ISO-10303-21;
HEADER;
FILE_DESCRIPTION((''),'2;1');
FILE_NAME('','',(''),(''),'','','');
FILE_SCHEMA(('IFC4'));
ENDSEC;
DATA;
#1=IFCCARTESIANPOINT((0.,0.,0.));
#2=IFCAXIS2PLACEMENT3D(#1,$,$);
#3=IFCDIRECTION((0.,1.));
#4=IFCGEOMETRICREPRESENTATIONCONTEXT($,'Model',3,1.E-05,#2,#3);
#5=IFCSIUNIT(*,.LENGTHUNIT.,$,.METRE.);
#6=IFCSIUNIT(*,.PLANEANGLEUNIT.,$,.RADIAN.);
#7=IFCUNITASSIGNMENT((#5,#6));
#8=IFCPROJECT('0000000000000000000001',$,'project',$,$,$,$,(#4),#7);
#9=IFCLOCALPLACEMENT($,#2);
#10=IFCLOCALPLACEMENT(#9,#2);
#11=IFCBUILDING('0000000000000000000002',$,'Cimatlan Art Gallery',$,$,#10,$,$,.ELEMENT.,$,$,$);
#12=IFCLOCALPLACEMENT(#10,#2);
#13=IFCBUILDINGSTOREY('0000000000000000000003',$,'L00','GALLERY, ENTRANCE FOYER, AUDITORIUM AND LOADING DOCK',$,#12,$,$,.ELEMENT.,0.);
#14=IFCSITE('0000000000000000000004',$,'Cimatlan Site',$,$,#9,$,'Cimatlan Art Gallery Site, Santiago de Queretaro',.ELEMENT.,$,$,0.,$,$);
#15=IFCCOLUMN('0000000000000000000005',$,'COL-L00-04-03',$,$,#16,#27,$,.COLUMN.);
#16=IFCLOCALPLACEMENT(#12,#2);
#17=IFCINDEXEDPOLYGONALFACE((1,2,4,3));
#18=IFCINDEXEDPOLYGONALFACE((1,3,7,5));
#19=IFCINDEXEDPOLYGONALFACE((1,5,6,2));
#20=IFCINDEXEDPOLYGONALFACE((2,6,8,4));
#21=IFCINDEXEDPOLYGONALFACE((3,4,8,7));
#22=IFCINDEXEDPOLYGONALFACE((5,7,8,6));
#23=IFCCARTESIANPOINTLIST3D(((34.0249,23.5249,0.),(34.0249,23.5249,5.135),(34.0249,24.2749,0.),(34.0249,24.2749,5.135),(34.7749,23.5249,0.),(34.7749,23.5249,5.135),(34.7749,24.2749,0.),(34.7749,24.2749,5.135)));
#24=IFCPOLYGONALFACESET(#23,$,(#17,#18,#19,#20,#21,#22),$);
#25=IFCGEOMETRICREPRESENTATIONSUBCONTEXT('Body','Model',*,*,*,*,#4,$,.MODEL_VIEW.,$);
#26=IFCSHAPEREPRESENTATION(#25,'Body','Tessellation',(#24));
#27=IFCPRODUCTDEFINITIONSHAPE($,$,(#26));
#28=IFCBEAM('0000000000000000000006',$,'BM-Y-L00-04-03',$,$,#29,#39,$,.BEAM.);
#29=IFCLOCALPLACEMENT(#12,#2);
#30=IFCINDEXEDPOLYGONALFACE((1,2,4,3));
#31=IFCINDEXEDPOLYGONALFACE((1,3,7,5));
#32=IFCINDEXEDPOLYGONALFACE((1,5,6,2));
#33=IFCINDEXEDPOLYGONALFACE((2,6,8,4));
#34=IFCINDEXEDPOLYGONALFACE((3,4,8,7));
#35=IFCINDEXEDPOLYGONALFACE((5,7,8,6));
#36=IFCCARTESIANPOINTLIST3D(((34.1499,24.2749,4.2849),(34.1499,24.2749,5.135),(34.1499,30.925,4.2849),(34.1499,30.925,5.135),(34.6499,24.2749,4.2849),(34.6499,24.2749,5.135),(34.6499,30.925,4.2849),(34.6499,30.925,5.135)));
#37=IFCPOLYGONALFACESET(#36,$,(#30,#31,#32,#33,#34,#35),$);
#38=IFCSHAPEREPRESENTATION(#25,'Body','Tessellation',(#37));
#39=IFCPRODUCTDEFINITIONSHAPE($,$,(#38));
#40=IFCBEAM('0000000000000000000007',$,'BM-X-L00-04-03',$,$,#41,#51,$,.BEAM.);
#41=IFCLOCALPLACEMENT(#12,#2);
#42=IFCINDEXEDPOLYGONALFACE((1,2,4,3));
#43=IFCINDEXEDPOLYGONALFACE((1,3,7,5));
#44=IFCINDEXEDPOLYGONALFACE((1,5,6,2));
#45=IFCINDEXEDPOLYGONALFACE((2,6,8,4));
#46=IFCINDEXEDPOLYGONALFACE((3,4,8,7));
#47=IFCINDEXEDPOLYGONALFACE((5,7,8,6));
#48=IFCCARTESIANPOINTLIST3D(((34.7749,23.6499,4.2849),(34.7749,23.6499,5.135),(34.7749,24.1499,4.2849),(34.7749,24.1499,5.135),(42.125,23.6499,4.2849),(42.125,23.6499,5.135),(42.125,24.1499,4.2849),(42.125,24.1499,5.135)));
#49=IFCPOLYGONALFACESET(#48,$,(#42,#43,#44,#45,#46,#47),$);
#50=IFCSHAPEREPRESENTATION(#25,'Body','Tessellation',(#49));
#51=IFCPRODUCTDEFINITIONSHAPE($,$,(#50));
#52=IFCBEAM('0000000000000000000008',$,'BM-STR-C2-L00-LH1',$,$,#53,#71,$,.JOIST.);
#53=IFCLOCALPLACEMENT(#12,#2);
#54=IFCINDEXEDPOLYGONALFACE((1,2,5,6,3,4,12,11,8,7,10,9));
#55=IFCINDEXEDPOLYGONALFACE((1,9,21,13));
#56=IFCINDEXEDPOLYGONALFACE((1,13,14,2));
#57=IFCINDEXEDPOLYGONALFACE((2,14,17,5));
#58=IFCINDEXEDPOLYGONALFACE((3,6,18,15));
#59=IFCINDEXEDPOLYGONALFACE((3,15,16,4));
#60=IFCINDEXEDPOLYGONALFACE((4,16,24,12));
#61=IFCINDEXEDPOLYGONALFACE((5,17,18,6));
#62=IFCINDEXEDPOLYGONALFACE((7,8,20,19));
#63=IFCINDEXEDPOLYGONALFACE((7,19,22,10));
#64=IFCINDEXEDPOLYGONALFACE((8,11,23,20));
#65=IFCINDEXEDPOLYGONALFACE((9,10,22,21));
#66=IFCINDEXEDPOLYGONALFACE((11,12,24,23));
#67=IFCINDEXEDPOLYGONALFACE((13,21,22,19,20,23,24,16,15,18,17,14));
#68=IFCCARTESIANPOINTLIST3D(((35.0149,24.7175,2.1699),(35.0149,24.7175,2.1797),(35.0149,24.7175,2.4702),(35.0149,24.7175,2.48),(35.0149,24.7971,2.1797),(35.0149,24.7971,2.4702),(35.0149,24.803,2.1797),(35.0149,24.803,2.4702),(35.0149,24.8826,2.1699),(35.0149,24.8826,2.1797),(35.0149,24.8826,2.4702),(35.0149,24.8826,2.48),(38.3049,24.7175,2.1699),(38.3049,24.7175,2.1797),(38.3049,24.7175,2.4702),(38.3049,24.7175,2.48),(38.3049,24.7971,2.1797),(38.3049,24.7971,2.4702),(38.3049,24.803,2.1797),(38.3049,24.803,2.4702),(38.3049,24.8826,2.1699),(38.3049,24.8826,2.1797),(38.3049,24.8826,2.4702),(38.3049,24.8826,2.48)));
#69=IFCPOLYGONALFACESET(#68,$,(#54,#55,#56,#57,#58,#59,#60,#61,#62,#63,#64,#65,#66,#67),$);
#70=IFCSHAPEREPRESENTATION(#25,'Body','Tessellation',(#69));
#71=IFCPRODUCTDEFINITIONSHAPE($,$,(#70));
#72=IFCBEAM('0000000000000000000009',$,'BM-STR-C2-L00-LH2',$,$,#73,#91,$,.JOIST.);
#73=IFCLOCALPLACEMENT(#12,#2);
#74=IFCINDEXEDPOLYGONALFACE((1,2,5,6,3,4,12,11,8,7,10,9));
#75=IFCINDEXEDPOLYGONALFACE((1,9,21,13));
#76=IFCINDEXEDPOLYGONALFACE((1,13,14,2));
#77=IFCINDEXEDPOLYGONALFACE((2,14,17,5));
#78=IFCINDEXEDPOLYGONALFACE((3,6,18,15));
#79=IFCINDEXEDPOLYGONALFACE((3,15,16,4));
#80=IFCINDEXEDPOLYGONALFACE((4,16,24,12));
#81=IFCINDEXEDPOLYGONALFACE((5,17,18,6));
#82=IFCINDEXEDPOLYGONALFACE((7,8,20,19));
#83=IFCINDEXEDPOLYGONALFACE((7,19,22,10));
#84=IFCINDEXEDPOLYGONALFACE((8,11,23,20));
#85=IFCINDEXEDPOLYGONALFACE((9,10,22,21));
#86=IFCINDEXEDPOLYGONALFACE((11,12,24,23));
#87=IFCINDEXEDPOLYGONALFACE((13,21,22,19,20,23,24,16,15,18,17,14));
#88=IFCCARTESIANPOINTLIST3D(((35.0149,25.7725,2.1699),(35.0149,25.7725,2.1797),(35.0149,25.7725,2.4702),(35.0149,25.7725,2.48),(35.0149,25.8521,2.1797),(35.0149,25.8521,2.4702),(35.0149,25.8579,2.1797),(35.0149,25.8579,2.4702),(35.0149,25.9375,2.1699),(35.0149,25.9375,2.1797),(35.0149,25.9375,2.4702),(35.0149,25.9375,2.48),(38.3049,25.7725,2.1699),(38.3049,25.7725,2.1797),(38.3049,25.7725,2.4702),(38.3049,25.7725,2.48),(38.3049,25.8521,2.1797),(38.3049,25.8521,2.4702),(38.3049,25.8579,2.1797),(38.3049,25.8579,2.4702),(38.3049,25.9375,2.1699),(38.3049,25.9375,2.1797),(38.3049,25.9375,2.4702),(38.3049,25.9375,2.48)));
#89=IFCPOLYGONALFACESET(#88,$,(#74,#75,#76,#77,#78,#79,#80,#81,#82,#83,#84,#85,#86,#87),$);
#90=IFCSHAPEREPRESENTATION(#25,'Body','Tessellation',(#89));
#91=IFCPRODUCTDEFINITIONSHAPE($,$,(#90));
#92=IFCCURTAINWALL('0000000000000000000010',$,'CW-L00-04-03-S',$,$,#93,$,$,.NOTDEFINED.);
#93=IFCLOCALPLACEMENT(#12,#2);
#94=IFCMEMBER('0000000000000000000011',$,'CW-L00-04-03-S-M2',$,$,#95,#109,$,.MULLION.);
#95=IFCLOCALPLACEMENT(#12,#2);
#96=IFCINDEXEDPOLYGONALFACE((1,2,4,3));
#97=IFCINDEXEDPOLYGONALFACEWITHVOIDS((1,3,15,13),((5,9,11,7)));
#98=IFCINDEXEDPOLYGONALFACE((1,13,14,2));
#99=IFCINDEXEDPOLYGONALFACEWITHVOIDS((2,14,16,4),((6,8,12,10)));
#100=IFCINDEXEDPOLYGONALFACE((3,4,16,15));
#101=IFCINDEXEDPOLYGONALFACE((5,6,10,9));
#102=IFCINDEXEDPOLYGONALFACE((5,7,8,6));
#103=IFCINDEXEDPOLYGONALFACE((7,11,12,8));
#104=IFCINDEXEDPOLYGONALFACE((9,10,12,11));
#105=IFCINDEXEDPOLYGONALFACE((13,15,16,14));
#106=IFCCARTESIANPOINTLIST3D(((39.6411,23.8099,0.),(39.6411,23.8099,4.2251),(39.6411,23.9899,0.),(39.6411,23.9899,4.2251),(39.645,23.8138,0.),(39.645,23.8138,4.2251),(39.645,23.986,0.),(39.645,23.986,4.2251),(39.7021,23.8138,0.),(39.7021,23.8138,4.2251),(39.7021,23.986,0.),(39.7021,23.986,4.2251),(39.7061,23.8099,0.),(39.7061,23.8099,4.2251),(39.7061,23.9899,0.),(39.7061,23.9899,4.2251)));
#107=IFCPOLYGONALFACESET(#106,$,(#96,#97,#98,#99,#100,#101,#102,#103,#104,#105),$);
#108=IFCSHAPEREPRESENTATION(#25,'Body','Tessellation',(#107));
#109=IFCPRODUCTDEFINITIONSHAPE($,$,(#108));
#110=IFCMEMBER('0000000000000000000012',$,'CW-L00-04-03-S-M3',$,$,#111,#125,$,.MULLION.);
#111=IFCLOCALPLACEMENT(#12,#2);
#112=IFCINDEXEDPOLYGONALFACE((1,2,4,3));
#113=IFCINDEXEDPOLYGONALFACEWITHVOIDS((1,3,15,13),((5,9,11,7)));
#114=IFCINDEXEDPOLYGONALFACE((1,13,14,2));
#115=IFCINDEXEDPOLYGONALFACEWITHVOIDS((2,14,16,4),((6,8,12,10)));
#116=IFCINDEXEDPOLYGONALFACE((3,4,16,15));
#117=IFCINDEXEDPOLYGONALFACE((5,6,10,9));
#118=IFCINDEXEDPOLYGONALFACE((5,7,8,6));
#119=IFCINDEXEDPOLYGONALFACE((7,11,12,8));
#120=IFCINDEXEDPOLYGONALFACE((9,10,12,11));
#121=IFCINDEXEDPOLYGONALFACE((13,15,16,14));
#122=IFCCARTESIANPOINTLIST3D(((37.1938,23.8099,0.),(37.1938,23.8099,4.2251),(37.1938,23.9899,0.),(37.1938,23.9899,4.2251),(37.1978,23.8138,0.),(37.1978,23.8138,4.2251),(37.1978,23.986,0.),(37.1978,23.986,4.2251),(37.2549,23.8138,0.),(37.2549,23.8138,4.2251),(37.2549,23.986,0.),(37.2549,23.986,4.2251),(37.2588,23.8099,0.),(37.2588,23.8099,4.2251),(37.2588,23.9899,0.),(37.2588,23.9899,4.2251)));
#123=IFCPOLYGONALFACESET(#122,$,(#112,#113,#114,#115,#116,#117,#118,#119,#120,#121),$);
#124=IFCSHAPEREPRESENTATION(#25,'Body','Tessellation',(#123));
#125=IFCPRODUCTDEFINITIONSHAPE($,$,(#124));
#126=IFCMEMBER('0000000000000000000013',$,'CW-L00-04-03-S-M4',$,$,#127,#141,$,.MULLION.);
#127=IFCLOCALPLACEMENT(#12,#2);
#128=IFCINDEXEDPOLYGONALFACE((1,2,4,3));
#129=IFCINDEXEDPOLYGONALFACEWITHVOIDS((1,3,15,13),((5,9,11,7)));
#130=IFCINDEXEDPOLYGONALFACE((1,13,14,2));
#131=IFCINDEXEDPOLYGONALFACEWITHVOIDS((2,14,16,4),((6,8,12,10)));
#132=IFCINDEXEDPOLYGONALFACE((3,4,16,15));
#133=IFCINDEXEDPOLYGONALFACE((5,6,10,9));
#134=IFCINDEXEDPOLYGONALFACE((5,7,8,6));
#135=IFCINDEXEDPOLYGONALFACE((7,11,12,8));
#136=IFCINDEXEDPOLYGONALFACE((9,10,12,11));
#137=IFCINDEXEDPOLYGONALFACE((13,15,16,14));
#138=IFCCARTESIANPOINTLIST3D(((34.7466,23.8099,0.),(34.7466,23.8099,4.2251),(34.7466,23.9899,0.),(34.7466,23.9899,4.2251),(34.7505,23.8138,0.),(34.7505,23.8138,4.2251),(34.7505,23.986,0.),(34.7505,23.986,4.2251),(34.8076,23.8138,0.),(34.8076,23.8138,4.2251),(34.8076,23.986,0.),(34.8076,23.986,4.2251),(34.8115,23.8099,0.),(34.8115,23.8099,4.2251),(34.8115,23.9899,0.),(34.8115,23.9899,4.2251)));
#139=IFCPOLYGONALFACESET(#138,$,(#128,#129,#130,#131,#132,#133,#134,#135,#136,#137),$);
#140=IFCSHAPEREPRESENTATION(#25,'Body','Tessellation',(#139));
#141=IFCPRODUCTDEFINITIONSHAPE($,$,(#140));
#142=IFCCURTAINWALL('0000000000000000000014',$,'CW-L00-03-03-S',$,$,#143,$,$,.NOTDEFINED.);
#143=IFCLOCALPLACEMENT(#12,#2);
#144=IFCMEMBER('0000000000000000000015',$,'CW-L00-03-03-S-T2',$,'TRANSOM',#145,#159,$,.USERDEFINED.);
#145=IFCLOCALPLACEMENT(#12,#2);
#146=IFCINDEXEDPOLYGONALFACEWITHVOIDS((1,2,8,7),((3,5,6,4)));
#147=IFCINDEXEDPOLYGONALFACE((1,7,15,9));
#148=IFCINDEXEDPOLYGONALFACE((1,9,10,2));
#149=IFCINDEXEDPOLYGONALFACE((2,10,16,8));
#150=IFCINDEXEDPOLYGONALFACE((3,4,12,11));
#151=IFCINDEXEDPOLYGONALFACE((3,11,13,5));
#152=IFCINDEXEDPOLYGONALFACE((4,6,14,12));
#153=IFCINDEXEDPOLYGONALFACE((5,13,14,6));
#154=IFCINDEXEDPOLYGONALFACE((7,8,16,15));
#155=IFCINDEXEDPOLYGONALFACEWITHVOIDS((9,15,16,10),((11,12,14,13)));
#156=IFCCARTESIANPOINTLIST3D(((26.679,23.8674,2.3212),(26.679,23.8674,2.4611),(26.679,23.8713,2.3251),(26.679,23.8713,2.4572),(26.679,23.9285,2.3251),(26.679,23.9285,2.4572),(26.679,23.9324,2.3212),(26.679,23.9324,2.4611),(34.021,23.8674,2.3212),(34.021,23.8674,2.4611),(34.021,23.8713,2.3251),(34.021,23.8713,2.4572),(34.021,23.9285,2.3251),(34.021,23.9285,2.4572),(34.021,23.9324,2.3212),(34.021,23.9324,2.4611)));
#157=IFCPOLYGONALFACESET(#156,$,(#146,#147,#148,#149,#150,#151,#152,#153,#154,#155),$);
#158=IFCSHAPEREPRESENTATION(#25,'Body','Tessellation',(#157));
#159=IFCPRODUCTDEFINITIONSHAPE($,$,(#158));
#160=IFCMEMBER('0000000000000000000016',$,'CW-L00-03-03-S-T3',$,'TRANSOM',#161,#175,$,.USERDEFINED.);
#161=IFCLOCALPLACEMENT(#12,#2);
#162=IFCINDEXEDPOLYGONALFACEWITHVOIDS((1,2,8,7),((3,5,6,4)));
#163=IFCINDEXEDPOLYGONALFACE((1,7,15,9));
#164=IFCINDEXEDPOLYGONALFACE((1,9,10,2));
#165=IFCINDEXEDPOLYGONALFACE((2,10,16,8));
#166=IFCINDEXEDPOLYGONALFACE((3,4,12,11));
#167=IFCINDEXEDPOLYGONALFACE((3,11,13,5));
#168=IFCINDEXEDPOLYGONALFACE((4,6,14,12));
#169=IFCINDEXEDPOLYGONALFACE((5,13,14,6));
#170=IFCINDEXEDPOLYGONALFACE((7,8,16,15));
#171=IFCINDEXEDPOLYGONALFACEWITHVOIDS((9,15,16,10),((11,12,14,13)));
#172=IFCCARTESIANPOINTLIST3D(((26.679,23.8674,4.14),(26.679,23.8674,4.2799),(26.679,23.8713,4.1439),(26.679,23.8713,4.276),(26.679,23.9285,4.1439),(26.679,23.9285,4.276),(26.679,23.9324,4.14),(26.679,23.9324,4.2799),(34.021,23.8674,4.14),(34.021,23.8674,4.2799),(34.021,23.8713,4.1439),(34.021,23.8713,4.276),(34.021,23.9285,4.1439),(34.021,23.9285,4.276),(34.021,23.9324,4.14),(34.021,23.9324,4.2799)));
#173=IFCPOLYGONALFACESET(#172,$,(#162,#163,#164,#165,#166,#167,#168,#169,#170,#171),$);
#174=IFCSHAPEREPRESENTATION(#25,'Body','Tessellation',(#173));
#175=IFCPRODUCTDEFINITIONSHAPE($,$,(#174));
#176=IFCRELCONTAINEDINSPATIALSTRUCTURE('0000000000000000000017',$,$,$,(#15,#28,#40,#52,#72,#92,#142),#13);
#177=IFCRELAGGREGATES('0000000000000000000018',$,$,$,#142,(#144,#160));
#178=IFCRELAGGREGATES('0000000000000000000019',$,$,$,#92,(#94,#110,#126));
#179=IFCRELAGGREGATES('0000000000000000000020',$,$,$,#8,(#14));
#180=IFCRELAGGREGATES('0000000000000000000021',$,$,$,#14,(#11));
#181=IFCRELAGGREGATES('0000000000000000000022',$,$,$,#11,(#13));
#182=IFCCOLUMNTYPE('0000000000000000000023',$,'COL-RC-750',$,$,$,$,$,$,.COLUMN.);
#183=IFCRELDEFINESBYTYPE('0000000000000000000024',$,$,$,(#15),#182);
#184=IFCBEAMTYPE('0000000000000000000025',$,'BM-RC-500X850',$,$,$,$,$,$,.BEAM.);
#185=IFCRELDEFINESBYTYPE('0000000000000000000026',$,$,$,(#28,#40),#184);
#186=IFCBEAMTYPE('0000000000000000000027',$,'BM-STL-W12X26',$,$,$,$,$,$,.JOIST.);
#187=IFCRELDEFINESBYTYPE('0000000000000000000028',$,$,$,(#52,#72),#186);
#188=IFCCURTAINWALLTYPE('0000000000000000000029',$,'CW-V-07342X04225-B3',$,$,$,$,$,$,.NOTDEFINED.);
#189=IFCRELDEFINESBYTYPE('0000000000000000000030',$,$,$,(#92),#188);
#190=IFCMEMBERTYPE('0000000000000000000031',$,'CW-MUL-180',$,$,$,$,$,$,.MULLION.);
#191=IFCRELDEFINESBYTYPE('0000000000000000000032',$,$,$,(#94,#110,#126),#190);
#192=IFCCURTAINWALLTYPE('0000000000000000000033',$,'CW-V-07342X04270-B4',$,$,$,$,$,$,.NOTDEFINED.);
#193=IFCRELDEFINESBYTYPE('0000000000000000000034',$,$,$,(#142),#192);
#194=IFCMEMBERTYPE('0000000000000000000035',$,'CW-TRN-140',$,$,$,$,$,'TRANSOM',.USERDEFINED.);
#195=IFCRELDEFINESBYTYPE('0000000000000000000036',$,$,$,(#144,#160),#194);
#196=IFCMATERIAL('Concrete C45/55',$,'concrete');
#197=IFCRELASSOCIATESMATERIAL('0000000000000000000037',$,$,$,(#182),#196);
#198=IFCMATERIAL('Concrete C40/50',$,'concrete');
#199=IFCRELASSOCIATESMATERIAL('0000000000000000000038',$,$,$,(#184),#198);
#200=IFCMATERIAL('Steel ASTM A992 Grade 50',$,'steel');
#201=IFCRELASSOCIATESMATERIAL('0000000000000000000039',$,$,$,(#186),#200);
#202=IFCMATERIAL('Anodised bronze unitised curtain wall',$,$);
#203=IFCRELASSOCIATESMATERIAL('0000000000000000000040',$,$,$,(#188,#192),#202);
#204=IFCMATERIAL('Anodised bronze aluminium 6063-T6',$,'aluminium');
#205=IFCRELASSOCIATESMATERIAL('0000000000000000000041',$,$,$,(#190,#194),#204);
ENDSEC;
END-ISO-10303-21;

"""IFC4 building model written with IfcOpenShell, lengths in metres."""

from ifc_helpers import new_model, si_unit, direction, frame, origin, origin_2d, place, context, subcontext, project, spatial, rectangle, hollow_rectangle, i_section, extrude, material, material_profile, profile_set, type_object, element, aggregate, save


model = new_model("IFC4")

# Units and contexts
model_context = context("Model", 3, precision=1e-05, world=origin(), true_north=direction((0.0, 1.0)))
body_context = subcontext(model_context, "Body", "Model", "MODEL_VIEW")
ifc_project = project(units=[si_unit("LENGTHUNIT", "METRE"), si_unit("PLANEANGLEUNIT", "RADIAN")], contexts=[model_context])

# Site, building, storey
site_placement = place(None, origin())
site = spatial("IfcSite", under=ifc_project, at=site_placement, Name="Cimatlan Site", LongName="Cimatlan Art Gallery Site, Santiago de Queretaro", CompositionType="ELEMENT", RefElevation=0.0)
building_placement = place(site_placement, origin())
building = spatial("IfcBuilding", under=site, at=building_placement, Name="Cimatlan Art Gallery", CompositionType="ELEMENT")
storey_placement = place(building_placement, origin())
storey = spatial("IfcBuildingStorey", under=building, at=storey_placement, Name="L00", Description="GALLERY, ENTRANCE FOYER, AUDITORIUM AND LOADING DOCK", CompositionType="ELEMENT", Elevation=0.0)

# Column
ifc_material_1 = material(Name="Concrete C45/55", Category="concrete")
ifc_material_profile_1 = material_profile(ifc_material_1, rectangle(XDim=0.75, YDim=0.75, at=origin_2d()), Name="RC750X750")
ifc_profile_set_1 = profile_set([ifc_material_profile_1], Name="Concrete C45/55")
column_type = type_object("IfcColumnType", Name="COL-RC-750", PredefinedType="COLUMN", material=ifc_profile_set_1)
column_placement = place(storey_placement, frame((34.3999, 23.8999, 0.0), z_axis=(0.0, 0.0, 1.0), x_axis=(1.0, 0.0, 0.0)))
element("IfcColumn", 1, at=column_placement, inside=storey, type_object=column_type, Name="COL-L00-04-03", PredefinedType="COLUMN", context=body_context, shape_type="SweptSolid", body=[
    extrude(rectangle(XDim=0.75, YDim=0.75, at=origin_2d()), origin(), (0.0, 0.0, 1.0), 5.135),
])

# Beams
ifc_material_2 = material(Name="Concrete C40/50", Category="concrete")
ifc_material_profile_2 = material_profile(ifc_material_2, rectangle(XDim=0.5, YDim=0.8501, at=origin_2d()), Name="RC500X850")
ifc_profile_set_2 = profile_set([ifc_material_profile_2], Name="Concrete C40/50")
beam_type_1 = type_object("IfcBeamType", Name="BM-RC-500X850", PredefinedType="BEAM", material=ifc_profile_set_2)
beam_1_placement = place(storey_placement, frame((34.3999, 24.2749, 4.71), z_axis=(0.0, 1.0, 0.0), x_axis=(-1.0, 0.0, 0.0)))
element("IfcBeam", 2, at=beam_1_placement, inside=storey, type_object=beam_type_1, Name="BM-Y-L00-04-03", PredefinedType="BEAM", context=body_context, shape_type="SweptSolid", body=[
    extrude(rectangle(XDim=0.5, YDim=0.8501, at=origin_2d()), origin(), (0.0, 0.0, 1.0), 6.6501),
])
beam_2_placement = place(storey_placement, frame((34.7749, 23.8999, 4.71), z_axis=(1.0, 0.0, 0.0), x_axis=(0.0, 1.0, 0.0)))
element("IfcBeam", 3, at=beam_2_placement, inside=storey, type_object=beam_type_1, Name="BM-X-L00-04-03", PredefinedType="BEAM", context=body_context, shape_type="SweptSolid", body=[
    extrude(rectangle(XDim=0.5, YDim=0.8501, at=origin_2d()), origin(), (0.0, 0.0, 1.0), 7.3501),
])
ifc_material_3 = material(Name="Steel ASTM A992 Grade 50", Category="steel")
ifc_material_profile_3 = material_profile(ifc_material_3, i_section(OverallWidth=0.165, OverallDepth=0.3101, WebThickness=0.0059, FlangeThickness=0.0098, at=origin_2d()), Name="W12X26")
ifc_profile_set_3 = profile_set([ifc_material_profile_3], Name="Steel ASTM A992 Grade 50")
beam_type_2 = type_object("IfcBeamType", Name="BM-STL-W12X26", PredefinedType="JOIST", material=ifc_profile_set_3)
for number, where, z_axis, x_axis, name in (
    (4, (35.0149, 24.8, 2.325), (1.0, 0.0, 0.0), (0.0, 1.0, 0.0), "BM-STR-C2-L00-LH1"),
    (5, (35.0149, 25.855, 2.325), (1.0, 0.0, 0.0), (0.0, 1.0, 0.0), "BM-STR-C2-L00-LH2"),
):
    element("IfcBeam", number, at=place(storey_placement, frame(where, z_axis=z_axis, x_axis=x_axis)), inside=storey, type_object=beam_type_2, Name=name, PredefinedType="JOIST", context=body_context, shape_type="SweptSolid", body=[
        extrude(i_section(OverallWidth=0.165, OverallDepth=0.3101, WebThickness=0.0059, FlangeThickness=0.0098, at=origin_2d()), origin(), (0.0, 0.0, 1.0), 3.29),
    ])

# Curtain walls, members
ifc_material_4 = material(Name="Anodised bronze unitised curtain wall")
curtain_wall_type_1 = type_object("IfcCurtainWallType", Name="CW-V-07342X04225-B3", PredefinedType="NOTDEFINED", material=ifc_material_4)
curtain_wall_1_placement = place(storey_placement, origin())
curtain_wall_1 = element("IfcCurtainWall", 6, at=curtain_wall_1_placement, inside=storey, type_object=curtain_wall_type_1, Name="CW-L00-04-03-S", PredefinedType="NOTDEFINED")
ifc_material_5 = material(Name="Anodised bronze aluminium 6063-T6", Category="aluminium")
ifc_material_profile_4 = material_profile(ifc_material_5, hollow_rectangle(XDim=0.0649, YDim=0.1799, WallThickness=0.0039, at=origin_2d()), Name="ALU65X180X4")
ifc_profile_set_4 = profile_set([ifc_material_profile_4], Name="Anodised bronze aluminium 6063-T6")
member_type_1 = type_object("IfcMemberType", Name="CW-MUL-180", PredefinedType="MULLION", material=ifc_profile_set_4)
member_1_placement = place(storey_placement, frame((39.6736, 23.8999, 0.0), z_axis=(0.0, 0.0, 1.0), x_axis=(1.0, 0.0, 0.0)))
member_1 = element("IfcMember", 7, at=member_1_placement, type_object=member_type_1, Name="CW-L00-04-03-S-M2", PredefinedType="MULLION", context=body_context, shape_type="SweptSolid", body=[
    extrude(hollow_rectangle(XDim=0.0649, YDim=0.1799, WallThickness=0.0039, at=origin_2d()), origin(), (0.0, 0.0, 1.0), 4.2251),
])
member_2_placement = place(storey_placement, frame((37.2263, 23.8999, 0.0), z_axis=(0.0, 0.0, 1.0), x_axis=(1.0, 0.0, 0.0)))
member_2 = element("IfcMember", 8, at=member_2_placement, type_object=member_type_1, Name="CW-L00-04-03-S-M3", PredefinedType="MULLION", context=body_context, shape_type="SweptSolid", body=[
    extrude(hollow_rectangle(XDim=0.0649, YDim=0.1799, WallThickness=0.0039, at=origin_2d()), origin(), (0.0, 0.0, 1.0), 4.2251),
])
member_3_placement = place(storey_placement, frame((34.7791, 23.8999, 0.0), z_axis=(0.0, 0.0, 1.0), x_axis=(1.0, 0.0, 0.0)))
member_3 = element("IfcMember", 9, at=member_3_placement, type_object=member_type_1, Name="CW-L00-04-03-S-M4", PredefinedType="MULLION", context=body_context, shape_type="SweptSolid", body=[
    extrude(hollow_rectangle(XDim=0.0649, YDim=0.1799, WallThickness=0.0039, at=origin_2d()), origin(), (0.0, 0.0, 1.0), 4.2251),
])
curtain_wall_type_2 = type_object("IfcCurtainWallType", Name="CW-V-07342X04270-B4", PredefinedType="NOTDEFINED", material=ifc_material_4)
curtain_wall_2_placement = place(storey_placement, origin())
curtain_wall_2 = element("IfcCurtainWall", 10, at=curtain_wall_2_placement, inside=storey, type_object=curtain_wall_type_2, Name="CW-L00-03-03-S", PredefinedType="NOTDEFINED")
ifc_material_profile_5 = material_profile(ifc_material_5, hollow_rectangle(XDim=0.0649, YDim=0.1399, WallThickness=0.0039, at=origin_2d()), Name="ALU65X140X4")
ifc_profile_set_5 = profile_set([ifc_material_profile_5], Name="Anodised bronze aluminium 6063-T6")
member_type_2 = type_object("IfcMemberType", Name="CW-TRN-140", ElementType="TRANSOM", PredefinedType="USERDEFINED", material=ifc_profile_set_5)
member_4_placement = place(storey_placement, frame((34.021, 23.8999, 2.3911), z_axis=(-1.0, 0.0, 0.0), x_axis=(0.0, -1.0, 0.0)))
member_4 = element("IfcMember", 11, at=member_4_placement, type_object=member_type_2, Name="CW-L00-03-03-S-T2", ObjectType="TRANSOM", PredefinedType="USERDEFINED", context=body_context, shape_type="SweptSolid", body=[
    extrude(hollow_rectangle(XDim=0.0649, YDim=0.1399, WallThickness=0.0039, at=origin_2d()), origin(), (0.0, 0.0, 1.0), 7.342),
])
member_5_placement = place(storey_placement, frame((34.021, 23.8999, 4.21), z_axis=(-1.0, 0.0, 0.0), x_axis=(0.0, -1.0, 0.0)))
member_5 = element("IfcMember", 12, at=member_5_placement, type_object=member_type_2, Name="CW-L00-03-03-S-T3", ObjectType="TRANSOM", PredefinedType="USERDEFINED", context=body_context, shape_type="SweptSolid", body=[
    extrude(hollow_rectangle(XDim=0.0649, YDim=0.1399, WallThickness=0.0039, at=origin_2d()), origin(), (0.0, 0.0, 1.0), 7.342),
])
aggregate(curtain_wall_2, [member_4, member_5])

aggregate(curtain_wall_1, [member_1, member_2, member_3])

save(model, "model.ifc")
